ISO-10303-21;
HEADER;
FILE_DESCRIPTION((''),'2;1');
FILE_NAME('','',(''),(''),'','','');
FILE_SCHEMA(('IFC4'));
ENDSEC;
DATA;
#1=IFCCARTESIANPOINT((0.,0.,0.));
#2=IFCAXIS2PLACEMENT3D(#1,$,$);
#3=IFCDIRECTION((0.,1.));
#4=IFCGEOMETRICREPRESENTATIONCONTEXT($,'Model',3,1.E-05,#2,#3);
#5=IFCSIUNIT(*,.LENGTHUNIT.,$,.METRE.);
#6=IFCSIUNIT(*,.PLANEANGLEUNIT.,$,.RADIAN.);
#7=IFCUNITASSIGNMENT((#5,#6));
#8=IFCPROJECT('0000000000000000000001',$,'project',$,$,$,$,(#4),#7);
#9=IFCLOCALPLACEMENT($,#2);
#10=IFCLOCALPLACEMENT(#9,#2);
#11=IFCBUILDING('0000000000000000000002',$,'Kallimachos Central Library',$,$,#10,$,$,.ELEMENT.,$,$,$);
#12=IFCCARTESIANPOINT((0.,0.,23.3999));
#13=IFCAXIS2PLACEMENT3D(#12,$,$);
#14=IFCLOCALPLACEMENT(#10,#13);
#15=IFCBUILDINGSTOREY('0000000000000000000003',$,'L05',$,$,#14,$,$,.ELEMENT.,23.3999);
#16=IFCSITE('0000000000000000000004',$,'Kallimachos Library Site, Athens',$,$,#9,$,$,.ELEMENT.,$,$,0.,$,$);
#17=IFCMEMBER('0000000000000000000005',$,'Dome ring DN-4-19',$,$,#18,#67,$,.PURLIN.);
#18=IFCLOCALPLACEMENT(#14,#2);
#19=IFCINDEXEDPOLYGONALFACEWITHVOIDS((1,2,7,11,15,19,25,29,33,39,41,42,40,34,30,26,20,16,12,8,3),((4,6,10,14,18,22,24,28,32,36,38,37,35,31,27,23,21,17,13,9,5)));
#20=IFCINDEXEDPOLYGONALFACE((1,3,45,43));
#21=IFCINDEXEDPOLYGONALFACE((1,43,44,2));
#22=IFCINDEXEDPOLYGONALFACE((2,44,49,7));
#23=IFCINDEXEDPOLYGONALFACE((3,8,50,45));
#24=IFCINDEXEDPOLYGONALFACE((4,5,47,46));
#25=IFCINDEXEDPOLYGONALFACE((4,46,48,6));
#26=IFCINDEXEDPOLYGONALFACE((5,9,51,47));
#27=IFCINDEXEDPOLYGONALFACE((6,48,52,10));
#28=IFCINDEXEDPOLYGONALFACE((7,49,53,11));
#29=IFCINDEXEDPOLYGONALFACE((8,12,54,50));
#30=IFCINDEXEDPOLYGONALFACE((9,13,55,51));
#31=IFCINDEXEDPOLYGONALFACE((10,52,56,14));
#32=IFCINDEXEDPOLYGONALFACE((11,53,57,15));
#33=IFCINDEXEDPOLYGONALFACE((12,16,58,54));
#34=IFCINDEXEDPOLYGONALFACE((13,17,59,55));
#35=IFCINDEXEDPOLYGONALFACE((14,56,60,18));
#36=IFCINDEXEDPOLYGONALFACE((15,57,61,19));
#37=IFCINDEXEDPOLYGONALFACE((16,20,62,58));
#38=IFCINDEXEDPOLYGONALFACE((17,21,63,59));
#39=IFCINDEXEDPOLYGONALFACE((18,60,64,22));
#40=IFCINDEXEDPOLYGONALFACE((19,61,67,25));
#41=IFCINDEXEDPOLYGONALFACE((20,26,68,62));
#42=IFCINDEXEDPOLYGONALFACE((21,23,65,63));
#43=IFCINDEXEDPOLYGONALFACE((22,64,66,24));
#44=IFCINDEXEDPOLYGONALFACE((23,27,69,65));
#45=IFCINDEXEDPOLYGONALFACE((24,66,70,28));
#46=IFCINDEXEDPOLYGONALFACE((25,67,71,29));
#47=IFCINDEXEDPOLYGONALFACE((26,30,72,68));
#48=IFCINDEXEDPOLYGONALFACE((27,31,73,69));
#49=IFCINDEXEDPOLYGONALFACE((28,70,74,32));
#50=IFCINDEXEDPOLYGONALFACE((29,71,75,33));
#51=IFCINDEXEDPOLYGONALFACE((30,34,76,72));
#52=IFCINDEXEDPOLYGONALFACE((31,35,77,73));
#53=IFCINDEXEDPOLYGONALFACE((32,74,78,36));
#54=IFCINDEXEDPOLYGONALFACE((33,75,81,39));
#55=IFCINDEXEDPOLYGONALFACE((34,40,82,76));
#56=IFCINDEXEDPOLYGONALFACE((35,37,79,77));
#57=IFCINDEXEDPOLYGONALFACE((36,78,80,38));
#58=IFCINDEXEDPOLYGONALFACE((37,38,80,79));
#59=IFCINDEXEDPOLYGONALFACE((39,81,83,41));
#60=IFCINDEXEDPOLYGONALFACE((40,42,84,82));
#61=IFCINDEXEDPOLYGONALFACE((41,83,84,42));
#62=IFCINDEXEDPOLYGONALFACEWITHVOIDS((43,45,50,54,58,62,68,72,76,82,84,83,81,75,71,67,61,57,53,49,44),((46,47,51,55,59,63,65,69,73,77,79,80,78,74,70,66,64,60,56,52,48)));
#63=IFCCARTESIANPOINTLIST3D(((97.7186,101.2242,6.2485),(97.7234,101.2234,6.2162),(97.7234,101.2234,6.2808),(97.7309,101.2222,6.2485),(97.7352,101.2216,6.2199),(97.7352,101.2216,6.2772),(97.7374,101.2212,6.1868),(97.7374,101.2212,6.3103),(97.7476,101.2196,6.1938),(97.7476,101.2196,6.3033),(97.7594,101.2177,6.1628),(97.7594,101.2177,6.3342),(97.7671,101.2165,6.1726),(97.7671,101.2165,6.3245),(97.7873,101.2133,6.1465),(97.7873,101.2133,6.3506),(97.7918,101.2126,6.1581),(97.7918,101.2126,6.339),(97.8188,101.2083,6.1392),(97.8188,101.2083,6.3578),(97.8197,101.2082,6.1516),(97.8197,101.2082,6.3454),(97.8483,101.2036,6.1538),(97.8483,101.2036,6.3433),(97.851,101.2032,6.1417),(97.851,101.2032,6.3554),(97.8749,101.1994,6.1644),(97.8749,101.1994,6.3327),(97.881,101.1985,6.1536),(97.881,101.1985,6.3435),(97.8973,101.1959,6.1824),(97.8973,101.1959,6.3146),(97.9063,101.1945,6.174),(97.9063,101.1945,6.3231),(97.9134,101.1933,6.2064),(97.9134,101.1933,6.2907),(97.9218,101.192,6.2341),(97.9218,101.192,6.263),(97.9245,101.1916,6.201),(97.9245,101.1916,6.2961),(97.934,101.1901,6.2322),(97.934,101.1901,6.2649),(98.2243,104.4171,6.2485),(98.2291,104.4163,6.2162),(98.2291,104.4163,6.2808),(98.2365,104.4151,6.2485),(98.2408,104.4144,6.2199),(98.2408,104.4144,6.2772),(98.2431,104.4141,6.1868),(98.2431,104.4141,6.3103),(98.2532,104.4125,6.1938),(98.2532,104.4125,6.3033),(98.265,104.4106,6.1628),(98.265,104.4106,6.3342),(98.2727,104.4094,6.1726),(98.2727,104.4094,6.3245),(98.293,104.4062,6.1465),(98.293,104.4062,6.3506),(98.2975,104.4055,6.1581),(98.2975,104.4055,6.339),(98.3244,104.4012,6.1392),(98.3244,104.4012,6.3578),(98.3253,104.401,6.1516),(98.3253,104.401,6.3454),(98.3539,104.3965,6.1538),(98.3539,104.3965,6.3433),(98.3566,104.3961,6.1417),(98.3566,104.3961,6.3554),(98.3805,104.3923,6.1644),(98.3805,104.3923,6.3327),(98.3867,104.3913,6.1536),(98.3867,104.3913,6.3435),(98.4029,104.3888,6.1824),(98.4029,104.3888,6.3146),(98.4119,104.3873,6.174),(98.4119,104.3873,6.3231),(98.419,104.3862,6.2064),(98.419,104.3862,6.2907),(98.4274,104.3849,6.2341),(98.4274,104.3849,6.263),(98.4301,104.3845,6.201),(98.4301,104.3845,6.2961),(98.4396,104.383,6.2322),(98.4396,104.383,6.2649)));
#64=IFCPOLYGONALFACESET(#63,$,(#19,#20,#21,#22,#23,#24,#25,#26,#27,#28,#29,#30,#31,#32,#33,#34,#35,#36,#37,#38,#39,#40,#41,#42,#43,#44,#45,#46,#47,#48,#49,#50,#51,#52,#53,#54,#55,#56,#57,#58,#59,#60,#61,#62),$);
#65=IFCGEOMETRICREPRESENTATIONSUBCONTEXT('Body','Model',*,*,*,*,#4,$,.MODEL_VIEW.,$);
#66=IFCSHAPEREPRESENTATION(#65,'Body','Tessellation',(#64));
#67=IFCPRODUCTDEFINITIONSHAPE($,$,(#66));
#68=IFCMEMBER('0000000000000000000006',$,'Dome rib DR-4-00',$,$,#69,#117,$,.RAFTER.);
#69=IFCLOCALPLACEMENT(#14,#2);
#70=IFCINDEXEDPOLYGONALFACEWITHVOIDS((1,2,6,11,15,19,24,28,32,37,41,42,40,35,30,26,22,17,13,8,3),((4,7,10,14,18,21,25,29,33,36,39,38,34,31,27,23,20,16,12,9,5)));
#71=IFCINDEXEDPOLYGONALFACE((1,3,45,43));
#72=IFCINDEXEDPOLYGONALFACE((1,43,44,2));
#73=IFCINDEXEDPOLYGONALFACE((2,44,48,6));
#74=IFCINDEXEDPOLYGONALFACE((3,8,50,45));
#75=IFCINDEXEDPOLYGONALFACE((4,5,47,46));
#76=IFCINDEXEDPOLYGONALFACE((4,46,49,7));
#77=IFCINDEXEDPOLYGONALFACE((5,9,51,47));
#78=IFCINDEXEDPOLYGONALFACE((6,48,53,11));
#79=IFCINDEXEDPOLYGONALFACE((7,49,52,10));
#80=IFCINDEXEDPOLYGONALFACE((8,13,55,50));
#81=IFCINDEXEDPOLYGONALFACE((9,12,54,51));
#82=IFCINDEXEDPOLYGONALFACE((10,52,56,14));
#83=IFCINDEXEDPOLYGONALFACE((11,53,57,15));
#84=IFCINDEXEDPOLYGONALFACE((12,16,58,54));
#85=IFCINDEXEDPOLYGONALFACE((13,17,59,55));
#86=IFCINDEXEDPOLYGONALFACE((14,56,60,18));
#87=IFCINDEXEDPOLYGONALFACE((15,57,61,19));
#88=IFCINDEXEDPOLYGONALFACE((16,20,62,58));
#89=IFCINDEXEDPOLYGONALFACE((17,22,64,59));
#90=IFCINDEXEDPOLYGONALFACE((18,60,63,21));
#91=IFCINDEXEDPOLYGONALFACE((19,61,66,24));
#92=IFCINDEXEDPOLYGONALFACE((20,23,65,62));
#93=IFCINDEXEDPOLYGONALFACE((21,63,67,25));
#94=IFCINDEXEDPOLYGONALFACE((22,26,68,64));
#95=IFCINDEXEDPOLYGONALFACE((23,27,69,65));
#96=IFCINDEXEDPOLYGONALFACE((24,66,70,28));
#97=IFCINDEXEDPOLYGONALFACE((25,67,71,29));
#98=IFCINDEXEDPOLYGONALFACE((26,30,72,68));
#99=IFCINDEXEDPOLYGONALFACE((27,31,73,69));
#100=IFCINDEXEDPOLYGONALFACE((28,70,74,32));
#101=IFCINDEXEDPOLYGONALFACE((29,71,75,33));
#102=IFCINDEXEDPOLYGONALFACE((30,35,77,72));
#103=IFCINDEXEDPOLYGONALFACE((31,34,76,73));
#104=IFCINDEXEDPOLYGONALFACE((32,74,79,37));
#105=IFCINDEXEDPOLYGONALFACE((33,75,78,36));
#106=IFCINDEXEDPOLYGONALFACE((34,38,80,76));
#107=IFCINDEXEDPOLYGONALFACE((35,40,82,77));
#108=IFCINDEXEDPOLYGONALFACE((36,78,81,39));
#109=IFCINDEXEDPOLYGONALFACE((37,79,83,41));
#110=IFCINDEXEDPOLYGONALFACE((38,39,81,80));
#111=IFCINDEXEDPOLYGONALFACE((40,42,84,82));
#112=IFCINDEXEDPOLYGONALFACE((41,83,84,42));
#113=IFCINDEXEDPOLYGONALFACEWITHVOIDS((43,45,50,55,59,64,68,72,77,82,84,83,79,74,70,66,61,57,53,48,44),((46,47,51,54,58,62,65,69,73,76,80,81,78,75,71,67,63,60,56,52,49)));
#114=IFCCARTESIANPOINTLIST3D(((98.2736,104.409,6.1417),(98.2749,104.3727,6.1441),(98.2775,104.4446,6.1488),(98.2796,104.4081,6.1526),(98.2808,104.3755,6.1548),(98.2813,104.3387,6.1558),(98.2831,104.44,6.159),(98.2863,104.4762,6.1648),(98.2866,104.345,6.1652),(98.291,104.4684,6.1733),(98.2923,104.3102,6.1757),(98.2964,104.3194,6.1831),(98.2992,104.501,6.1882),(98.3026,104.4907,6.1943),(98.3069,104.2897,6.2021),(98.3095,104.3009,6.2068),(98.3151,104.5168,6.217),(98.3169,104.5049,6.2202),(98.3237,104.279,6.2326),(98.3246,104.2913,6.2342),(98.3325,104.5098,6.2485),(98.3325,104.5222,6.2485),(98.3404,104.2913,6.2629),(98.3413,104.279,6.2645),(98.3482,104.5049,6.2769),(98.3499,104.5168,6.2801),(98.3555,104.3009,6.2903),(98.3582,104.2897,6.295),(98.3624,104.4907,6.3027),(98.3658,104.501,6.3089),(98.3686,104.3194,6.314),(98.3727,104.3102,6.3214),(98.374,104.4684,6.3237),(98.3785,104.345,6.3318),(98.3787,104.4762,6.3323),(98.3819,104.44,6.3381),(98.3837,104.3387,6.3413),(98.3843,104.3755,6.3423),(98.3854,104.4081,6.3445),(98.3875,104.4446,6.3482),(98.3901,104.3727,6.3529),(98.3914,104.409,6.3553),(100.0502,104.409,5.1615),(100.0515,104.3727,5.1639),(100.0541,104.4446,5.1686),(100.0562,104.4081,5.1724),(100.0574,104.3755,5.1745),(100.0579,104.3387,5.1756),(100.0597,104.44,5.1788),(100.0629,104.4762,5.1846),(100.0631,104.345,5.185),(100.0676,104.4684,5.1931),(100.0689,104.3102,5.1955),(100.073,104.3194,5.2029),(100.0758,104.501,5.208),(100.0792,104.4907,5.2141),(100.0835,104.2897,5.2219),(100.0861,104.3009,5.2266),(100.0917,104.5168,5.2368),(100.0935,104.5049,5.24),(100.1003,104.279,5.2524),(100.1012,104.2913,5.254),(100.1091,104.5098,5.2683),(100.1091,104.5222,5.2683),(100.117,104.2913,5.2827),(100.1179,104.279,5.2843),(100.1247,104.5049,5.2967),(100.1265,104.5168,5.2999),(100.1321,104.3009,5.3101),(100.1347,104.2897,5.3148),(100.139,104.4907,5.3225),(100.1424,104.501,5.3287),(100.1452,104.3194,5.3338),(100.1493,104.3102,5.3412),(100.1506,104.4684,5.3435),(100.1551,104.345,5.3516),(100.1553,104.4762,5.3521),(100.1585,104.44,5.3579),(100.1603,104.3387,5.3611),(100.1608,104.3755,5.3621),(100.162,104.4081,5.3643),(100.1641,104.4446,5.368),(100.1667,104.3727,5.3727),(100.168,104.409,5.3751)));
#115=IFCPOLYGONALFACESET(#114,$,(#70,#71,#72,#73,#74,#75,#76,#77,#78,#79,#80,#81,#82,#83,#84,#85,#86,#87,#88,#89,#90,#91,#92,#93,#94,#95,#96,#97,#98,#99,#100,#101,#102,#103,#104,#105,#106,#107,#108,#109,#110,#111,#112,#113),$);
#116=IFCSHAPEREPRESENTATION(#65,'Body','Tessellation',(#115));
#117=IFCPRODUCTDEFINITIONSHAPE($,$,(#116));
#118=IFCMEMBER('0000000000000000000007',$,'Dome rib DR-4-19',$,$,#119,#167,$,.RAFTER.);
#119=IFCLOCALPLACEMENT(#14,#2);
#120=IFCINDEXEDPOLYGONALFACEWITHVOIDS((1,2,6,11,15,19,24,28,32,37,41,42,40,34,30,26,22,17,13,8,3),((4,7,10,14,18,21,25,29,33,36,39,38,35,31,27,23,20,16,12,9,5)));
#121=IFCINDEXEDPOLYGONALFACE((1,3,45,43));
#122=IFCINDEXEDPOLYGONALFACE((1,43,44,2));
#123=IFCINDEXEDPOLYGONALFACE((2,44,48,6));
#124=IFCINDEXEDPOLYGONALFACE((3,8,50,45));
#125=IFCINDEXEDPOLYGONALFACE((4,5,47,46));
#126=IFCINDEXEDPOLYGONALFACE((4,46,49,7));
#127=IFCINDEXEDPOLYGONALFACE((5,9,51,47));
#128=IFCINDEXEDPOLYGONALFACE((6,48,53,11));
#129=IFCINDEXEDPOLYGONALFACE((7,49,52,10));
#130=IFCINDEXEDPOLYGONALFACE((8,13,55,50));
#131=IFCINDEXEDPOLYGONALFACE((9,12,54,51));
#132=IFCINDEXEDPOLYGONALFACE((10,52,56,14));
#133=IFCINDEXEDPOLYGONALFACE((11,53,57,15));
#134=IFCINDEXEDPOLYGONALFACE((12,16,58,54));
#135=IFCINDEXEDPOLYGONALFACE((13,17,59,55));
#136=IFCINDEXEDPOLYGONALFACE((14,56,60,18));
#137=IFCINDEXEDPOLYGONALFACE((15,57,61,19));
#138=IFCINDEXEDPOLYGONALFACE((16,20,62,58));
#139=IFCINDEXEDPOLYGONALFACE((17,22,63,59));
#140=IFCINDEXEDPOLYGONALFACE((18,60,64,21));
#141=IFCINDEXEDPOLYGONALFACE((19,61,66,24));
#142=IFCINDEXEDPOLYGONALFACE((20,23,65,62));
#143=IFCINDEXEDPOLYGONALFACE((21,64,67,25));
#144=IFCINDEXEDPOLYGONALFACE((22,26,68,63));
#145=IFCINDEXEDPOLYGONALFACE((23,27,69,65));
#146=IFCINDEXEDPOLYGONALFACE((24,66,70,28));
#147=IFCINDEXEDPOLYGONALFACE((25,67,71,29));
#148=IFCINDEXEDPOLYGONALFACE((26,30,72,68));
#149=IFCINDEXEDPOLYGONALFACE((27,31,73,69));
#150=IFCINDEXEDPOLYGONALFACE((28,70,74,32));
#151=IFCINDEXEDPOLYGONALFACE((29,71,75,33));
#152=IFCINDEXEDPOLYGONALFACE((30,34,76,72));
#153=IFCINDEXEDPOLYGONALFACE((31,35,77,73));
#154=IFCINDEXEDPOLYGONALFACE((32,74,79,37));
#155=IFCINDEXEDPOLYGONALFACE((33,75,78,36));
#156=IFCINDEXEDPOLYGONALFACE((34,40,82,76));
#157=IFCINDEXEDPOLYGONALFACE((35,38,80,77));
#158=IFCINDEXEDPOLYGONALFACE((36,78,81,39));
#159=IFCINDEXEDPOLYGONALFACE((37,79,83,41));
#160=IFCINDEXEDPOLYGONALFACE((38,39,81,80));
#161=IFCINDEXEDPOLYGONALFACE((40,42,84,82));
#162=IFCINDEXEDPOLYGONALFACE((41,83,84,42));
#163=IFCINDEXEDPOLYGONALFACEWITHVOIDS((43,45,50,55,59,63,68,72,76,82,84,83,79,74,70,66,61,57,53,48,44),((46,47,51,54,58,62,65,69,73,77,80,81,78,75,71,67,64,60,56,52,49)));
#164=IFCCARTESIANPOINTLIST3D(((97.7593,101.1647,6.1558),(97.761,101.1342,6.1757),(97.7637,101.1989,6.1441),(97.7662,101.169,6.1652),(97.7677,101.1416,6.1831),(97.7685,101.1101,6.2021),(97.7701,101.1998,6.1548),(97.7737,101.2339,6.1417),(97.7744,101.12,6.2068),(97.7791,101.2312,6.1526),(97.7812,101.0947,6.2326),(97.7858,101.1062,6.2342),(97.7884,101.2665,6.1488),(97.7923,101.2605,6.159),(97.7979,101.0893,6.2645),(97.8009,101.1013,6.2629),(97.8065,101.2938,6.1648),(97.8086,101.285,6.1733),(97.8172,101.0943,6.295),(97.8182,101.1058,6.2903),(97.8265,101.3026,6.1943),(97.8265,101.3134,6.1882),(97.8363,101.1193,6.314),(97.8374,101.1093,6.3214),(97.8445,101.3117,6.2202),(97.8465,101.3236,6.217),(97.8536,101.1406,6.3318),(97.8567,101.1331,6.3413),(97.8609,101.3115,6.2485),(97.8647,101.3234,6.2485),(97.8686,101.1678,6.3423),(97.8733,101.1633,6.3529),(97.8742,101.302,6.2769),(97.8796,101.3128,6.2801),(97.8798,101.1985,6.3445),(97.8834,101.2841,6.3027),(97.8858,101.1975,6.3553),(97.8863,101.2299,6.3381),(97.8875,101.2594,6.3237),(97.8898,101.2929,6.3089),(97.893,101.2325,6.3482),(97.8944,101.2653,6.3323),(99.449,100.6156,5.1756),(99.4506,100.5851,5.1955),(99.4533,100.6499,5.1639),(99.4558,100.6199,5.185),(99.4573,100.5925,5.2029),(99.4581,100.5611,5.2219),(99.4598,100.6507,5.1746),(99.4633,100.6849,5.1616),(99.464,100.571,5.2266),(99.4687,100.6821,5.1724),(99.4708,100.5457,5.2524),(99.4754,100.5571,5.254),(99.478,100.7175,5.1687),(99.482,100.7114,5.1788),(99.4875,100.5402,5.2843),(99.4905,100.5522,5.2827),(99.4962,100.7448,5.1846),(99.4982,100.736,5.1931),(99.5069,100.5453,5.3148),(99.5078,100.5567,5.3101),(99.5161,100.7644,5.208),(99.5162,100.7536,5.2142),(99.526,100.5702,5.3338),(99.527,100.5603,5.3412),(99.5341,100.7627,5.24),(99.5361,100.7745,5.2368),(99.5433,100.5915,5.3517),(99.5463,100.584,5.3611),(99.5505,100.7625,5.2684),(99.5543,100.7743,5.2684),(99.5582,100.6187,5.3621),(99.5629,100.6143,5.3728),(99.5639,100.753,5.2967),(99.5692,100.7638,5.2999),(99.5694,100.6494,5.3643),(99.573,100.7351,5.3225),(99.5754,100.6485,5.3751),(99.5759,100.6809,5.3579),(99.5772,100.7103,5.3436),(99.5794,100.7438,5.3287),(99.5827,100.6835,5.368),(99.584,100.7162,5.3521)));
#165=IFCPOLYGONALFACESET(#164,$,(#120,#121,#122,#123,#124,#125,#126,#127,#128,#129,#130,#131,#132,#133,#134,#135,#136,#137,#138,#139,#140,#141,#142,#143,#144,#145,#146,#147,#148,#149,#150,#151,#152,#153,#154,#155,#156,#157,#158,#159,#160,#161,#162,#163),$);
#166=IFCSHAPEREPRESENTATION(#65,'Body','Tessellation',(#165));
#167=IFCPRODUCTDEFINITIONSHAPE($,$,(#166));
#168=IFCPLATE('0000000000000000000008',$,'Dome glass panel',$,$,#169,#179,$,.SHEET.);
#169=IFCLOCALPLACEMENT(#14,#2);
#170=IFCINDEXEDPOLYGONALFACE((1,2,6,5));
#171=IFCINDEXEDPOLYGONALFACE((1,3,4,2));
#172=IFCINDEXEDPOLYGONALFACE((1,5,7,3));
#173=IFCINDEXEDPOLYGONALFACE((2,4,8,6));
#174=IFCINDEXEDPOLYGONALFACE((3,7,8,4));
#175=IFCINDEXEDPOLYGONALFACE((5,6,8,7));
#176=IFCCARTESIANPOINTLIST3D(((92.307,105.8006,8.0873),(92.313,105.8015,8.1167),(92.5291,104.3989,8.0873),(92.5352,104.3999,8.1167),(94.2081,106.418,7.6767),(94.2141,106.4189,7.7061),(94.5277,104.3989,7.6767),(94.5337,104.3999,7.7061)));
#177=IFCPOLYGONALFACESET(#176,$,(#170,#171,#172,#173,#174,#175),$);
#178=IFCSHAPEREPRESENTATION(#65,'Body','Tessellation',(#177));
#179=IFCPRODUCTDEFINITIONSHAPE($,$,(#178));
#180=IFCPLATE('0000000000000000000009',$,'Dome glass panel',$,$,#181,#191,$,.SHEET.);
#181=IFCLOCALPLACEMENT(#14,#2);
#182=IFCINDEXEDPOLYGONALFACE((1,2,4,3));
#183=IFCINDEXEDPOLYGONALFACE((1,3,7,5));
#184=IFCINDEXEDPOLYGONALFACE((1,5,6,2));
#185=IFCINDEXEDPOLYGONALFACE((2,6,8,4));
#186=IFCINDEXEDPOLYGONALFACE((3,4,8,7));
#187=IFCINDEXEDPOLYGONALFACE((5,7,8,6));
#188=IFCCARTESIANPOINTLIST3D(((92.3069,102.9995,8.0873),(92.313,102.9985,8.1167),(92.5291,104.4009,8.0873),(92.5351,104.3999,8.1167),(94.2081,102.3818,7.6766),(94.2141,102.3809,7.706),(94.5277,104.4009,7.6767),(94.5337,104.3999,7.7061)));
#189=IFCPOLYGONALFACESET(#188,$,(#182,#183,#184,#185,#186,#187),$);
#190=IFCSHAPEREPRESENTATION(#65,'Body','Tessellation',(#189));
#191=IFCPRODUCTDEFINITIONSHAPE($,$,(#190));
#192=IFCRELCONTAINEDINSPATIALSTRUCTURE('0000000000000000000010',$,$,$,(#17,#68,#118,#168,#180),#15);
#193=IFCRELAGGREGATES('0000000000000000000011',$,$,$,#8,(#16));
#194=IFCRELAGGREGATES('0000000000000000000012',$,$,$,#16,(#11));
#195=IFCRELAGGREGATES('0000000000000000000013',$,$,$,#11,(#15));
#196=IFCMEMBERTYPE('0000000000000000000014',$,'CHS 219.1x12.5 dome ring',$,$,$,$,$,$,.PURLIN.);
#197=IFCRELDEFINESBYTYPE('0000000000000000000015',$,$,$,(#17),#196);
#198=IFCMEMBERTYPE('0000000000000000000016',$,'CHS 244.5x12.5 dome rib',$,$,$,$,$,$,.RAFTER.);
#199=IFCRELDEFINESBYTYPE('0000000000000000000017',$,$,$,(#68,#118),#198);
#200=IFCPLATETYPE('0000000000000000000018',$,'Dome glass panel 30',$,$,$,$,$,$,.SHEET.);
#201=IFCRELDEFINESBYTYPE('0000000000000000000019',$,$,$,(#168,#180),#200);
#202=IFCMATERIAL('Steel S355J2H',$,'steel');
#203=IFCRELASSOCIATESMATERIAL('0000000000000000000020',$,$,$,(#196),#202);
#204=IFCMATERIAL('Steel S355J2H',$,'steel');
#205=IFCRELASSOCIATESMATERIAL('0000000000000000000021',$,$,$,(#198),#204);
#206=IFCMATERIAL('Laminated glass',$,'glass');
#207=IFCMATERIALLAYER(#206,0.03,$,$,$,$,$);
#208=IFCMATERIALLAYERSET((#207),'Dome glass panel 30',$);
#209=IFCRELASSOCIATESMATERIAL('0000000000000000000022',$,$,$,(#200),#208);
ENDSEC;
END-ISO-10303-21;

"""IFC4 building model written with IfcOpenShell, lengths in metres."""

from ifc_helpers import new_model, si_unit, direction, frame, origin, origin_2d, place, context, subcontext, project, spatial, polyline, hollow_circle, outline, extrude, material, layer, layer_set, material_profile, profile_set, type_object, element, save


model = new_model("IFC4")

# Units and contexts
model_context = context("Model", 3, precision=1e-05, world=origin(), true_north=direction((0.0, 1.0)))
body_context = subcontext(model_context, "Body", "Model", "MODEL_VIEW")
ifc_project = project(units=[si_unit("LENGTHUNIT", "METRE"), si_unit("PLANEANGLEUNIT", "RADIAN")], contexts=[model_context])

# Site, building, storey
site_placement = place(None, origin())
site = spatial("IfcSite", under=ifc_project, at=site_placement, Name="Kallimachos Library Site, Athens", CompositionType="ELEMENT", RefElevation=0.0)
building_placement = place(site_placement, origin())
building = spatial("IfcBuilding", under=site, at=building_placement, Name="Kallimachos Central Library", CompositionType="ELEMENT")
storey_placement = place(building_placement, frame((0.0, 0.0, 23.3999)))
storey = spatial("IfcBuildingStorey", under=building, at=storey_placement, Name="L05", CompositionType="ELEMENT", Elevation=23.3999)

# Members
ifc_material_1 = material(Name="Steel S355J2H", Category="steel")
ifc_material_profile_1 = material_profile(ifc_material_1, hollow_circle(Radius=0.1096, WallThickness=0.0125, at=origin_2d()), Name="CHS 219.1x12.5")
ifc_profile_set_1 = profile_set([ifc_material_profile_1], Name="Steel S355J2H")
member_type_1 = type_object("IfcMemberType", Name="CHS 219.1x12.5 dome ring", PredefinedType="PURLIN", material=ifc_profile_set_1)
member_1_placement = place(storey_placement, frame((97.8269, 101.207, 6.2485), z_axis=(0.156409, 0.987692, 0.0), x_axis=(-0.987692, 0.156409, 0.0)))
element("IfcMember", 1, at=member_1_placement, inside=storey, type_object=member_type_1, Name="Dome ring DN-4-19", PredefinedType="PURLIN", context=body_context, shape_type="SweptSolid", body=[
    extrude(hollow_circle(Radius=0.1096, WallThickness=0.0125, at=origin_2d()), origin(), (0.0, 0.0, 1.0), 3.2327),
])
ifc_material_2 = material(Name="Steel S355J2H", Category="steel")
ifc_material_profile_2 = material_profile(ifc_material_2, hollow_circle(Radius=0.1223, WallThickness=0.0125, at=origin_2d()), Name="CHS 244.5x12.5")
ifc_profile_set_2 = profile_set([ifc_material_profile_2], Name="Steel S355J2H")
member_type_2 = type_object("IfcMemberType", Name="CHS 244.5x12.5 dome rib", PredefinedType="RAFTER", material=ifc_profile_set_2)
for number, where, z_axis, x_axis, name in (
    (2, (98.3325, 104.3999, 6.2485), (0.875572, 0.0, -0.483087), (0.0, 1.0, 0.0), "Dome rib DR-4-00"),
    (3, (97.8269, 101.207, 6.2485), (0.832717, -0.270594, -0.483075), (0.309046, 0.951047, 0.0), "Dome rib DR-4-19"),
):
    element("IfcMember", number, at=place(storey_placement, frame(where, z_axis=z_axis, x_axis=x_axis)), inside=storey, type_object=member_type_2, Name=name, PredefinedType="RAFTER", context=body_context, shape_type="SweptSolid", body=[
        extrude(hollow_circle(Radius=0.1223, WallThickness=0.0125, at=origin_2d()), origin(), (0.0, 0.0, 1.0), 2.0291),
    ])

# Plates
ifc_material_3 = material(Name="Laminated glass", Category="glass")
ifc_layer = layer(ifc_material_3, 0.03)
ifc_layer_set = layer_set([ifc_layer], Name="Dome glass panel 30")
plate_type = type_object("IfcPlateType", Name="Dome glass panel 30", PredefinedType="SHEET", material=ifc_layer_set)
plate_1_placement = place(storey_placement, frame((92.5352, 104.3999, 8.1167), z_axis=(0.201148, 0.031857, 0.979043), x_axis=(0.97954, 0.000001, -0.20125)))
element("IfcPlate", 4, at=plate_1_placement, inside=storey, type_object=plate_type, Name="Dome glass panel", PredefinedType="SHEET", context=body_context, shape_type="SweptSolid", body=[
    extrude(outline(polyline([(0.0, 0.0), (2.0403, 0.0), (1.7272, 2.0201), (-0.2176, 1.4023), (0.0, 0.0)])), origin(), (0.0, 0.0, -1.0), 0.03),
])
plate_2_placement = place(storey_placement, frame((92.313, 102.9985, 8.1167), z_axis=(0.201146, -0.031859, 0.979043), x_axis=(0.931603, -0.302679, -0.201248)))
element("IfcPlate", 5, at=plate_2_placement, inside=storey, type_object=plate_type, Name="Dome glass panel", PredefinedType="SHEET", context=body_context, shape_type="SweptSolid", body=[
    extrude(outline(polyline([(0.0, 0.0), (2.0407, 0.0), (1.7273, 2.02), (-0.2172, 1.4021), (0.0, 0.0)])), origin(), (0.0, 0.0, -1.0), 0.03),
])

save(model, "model.ifc")
